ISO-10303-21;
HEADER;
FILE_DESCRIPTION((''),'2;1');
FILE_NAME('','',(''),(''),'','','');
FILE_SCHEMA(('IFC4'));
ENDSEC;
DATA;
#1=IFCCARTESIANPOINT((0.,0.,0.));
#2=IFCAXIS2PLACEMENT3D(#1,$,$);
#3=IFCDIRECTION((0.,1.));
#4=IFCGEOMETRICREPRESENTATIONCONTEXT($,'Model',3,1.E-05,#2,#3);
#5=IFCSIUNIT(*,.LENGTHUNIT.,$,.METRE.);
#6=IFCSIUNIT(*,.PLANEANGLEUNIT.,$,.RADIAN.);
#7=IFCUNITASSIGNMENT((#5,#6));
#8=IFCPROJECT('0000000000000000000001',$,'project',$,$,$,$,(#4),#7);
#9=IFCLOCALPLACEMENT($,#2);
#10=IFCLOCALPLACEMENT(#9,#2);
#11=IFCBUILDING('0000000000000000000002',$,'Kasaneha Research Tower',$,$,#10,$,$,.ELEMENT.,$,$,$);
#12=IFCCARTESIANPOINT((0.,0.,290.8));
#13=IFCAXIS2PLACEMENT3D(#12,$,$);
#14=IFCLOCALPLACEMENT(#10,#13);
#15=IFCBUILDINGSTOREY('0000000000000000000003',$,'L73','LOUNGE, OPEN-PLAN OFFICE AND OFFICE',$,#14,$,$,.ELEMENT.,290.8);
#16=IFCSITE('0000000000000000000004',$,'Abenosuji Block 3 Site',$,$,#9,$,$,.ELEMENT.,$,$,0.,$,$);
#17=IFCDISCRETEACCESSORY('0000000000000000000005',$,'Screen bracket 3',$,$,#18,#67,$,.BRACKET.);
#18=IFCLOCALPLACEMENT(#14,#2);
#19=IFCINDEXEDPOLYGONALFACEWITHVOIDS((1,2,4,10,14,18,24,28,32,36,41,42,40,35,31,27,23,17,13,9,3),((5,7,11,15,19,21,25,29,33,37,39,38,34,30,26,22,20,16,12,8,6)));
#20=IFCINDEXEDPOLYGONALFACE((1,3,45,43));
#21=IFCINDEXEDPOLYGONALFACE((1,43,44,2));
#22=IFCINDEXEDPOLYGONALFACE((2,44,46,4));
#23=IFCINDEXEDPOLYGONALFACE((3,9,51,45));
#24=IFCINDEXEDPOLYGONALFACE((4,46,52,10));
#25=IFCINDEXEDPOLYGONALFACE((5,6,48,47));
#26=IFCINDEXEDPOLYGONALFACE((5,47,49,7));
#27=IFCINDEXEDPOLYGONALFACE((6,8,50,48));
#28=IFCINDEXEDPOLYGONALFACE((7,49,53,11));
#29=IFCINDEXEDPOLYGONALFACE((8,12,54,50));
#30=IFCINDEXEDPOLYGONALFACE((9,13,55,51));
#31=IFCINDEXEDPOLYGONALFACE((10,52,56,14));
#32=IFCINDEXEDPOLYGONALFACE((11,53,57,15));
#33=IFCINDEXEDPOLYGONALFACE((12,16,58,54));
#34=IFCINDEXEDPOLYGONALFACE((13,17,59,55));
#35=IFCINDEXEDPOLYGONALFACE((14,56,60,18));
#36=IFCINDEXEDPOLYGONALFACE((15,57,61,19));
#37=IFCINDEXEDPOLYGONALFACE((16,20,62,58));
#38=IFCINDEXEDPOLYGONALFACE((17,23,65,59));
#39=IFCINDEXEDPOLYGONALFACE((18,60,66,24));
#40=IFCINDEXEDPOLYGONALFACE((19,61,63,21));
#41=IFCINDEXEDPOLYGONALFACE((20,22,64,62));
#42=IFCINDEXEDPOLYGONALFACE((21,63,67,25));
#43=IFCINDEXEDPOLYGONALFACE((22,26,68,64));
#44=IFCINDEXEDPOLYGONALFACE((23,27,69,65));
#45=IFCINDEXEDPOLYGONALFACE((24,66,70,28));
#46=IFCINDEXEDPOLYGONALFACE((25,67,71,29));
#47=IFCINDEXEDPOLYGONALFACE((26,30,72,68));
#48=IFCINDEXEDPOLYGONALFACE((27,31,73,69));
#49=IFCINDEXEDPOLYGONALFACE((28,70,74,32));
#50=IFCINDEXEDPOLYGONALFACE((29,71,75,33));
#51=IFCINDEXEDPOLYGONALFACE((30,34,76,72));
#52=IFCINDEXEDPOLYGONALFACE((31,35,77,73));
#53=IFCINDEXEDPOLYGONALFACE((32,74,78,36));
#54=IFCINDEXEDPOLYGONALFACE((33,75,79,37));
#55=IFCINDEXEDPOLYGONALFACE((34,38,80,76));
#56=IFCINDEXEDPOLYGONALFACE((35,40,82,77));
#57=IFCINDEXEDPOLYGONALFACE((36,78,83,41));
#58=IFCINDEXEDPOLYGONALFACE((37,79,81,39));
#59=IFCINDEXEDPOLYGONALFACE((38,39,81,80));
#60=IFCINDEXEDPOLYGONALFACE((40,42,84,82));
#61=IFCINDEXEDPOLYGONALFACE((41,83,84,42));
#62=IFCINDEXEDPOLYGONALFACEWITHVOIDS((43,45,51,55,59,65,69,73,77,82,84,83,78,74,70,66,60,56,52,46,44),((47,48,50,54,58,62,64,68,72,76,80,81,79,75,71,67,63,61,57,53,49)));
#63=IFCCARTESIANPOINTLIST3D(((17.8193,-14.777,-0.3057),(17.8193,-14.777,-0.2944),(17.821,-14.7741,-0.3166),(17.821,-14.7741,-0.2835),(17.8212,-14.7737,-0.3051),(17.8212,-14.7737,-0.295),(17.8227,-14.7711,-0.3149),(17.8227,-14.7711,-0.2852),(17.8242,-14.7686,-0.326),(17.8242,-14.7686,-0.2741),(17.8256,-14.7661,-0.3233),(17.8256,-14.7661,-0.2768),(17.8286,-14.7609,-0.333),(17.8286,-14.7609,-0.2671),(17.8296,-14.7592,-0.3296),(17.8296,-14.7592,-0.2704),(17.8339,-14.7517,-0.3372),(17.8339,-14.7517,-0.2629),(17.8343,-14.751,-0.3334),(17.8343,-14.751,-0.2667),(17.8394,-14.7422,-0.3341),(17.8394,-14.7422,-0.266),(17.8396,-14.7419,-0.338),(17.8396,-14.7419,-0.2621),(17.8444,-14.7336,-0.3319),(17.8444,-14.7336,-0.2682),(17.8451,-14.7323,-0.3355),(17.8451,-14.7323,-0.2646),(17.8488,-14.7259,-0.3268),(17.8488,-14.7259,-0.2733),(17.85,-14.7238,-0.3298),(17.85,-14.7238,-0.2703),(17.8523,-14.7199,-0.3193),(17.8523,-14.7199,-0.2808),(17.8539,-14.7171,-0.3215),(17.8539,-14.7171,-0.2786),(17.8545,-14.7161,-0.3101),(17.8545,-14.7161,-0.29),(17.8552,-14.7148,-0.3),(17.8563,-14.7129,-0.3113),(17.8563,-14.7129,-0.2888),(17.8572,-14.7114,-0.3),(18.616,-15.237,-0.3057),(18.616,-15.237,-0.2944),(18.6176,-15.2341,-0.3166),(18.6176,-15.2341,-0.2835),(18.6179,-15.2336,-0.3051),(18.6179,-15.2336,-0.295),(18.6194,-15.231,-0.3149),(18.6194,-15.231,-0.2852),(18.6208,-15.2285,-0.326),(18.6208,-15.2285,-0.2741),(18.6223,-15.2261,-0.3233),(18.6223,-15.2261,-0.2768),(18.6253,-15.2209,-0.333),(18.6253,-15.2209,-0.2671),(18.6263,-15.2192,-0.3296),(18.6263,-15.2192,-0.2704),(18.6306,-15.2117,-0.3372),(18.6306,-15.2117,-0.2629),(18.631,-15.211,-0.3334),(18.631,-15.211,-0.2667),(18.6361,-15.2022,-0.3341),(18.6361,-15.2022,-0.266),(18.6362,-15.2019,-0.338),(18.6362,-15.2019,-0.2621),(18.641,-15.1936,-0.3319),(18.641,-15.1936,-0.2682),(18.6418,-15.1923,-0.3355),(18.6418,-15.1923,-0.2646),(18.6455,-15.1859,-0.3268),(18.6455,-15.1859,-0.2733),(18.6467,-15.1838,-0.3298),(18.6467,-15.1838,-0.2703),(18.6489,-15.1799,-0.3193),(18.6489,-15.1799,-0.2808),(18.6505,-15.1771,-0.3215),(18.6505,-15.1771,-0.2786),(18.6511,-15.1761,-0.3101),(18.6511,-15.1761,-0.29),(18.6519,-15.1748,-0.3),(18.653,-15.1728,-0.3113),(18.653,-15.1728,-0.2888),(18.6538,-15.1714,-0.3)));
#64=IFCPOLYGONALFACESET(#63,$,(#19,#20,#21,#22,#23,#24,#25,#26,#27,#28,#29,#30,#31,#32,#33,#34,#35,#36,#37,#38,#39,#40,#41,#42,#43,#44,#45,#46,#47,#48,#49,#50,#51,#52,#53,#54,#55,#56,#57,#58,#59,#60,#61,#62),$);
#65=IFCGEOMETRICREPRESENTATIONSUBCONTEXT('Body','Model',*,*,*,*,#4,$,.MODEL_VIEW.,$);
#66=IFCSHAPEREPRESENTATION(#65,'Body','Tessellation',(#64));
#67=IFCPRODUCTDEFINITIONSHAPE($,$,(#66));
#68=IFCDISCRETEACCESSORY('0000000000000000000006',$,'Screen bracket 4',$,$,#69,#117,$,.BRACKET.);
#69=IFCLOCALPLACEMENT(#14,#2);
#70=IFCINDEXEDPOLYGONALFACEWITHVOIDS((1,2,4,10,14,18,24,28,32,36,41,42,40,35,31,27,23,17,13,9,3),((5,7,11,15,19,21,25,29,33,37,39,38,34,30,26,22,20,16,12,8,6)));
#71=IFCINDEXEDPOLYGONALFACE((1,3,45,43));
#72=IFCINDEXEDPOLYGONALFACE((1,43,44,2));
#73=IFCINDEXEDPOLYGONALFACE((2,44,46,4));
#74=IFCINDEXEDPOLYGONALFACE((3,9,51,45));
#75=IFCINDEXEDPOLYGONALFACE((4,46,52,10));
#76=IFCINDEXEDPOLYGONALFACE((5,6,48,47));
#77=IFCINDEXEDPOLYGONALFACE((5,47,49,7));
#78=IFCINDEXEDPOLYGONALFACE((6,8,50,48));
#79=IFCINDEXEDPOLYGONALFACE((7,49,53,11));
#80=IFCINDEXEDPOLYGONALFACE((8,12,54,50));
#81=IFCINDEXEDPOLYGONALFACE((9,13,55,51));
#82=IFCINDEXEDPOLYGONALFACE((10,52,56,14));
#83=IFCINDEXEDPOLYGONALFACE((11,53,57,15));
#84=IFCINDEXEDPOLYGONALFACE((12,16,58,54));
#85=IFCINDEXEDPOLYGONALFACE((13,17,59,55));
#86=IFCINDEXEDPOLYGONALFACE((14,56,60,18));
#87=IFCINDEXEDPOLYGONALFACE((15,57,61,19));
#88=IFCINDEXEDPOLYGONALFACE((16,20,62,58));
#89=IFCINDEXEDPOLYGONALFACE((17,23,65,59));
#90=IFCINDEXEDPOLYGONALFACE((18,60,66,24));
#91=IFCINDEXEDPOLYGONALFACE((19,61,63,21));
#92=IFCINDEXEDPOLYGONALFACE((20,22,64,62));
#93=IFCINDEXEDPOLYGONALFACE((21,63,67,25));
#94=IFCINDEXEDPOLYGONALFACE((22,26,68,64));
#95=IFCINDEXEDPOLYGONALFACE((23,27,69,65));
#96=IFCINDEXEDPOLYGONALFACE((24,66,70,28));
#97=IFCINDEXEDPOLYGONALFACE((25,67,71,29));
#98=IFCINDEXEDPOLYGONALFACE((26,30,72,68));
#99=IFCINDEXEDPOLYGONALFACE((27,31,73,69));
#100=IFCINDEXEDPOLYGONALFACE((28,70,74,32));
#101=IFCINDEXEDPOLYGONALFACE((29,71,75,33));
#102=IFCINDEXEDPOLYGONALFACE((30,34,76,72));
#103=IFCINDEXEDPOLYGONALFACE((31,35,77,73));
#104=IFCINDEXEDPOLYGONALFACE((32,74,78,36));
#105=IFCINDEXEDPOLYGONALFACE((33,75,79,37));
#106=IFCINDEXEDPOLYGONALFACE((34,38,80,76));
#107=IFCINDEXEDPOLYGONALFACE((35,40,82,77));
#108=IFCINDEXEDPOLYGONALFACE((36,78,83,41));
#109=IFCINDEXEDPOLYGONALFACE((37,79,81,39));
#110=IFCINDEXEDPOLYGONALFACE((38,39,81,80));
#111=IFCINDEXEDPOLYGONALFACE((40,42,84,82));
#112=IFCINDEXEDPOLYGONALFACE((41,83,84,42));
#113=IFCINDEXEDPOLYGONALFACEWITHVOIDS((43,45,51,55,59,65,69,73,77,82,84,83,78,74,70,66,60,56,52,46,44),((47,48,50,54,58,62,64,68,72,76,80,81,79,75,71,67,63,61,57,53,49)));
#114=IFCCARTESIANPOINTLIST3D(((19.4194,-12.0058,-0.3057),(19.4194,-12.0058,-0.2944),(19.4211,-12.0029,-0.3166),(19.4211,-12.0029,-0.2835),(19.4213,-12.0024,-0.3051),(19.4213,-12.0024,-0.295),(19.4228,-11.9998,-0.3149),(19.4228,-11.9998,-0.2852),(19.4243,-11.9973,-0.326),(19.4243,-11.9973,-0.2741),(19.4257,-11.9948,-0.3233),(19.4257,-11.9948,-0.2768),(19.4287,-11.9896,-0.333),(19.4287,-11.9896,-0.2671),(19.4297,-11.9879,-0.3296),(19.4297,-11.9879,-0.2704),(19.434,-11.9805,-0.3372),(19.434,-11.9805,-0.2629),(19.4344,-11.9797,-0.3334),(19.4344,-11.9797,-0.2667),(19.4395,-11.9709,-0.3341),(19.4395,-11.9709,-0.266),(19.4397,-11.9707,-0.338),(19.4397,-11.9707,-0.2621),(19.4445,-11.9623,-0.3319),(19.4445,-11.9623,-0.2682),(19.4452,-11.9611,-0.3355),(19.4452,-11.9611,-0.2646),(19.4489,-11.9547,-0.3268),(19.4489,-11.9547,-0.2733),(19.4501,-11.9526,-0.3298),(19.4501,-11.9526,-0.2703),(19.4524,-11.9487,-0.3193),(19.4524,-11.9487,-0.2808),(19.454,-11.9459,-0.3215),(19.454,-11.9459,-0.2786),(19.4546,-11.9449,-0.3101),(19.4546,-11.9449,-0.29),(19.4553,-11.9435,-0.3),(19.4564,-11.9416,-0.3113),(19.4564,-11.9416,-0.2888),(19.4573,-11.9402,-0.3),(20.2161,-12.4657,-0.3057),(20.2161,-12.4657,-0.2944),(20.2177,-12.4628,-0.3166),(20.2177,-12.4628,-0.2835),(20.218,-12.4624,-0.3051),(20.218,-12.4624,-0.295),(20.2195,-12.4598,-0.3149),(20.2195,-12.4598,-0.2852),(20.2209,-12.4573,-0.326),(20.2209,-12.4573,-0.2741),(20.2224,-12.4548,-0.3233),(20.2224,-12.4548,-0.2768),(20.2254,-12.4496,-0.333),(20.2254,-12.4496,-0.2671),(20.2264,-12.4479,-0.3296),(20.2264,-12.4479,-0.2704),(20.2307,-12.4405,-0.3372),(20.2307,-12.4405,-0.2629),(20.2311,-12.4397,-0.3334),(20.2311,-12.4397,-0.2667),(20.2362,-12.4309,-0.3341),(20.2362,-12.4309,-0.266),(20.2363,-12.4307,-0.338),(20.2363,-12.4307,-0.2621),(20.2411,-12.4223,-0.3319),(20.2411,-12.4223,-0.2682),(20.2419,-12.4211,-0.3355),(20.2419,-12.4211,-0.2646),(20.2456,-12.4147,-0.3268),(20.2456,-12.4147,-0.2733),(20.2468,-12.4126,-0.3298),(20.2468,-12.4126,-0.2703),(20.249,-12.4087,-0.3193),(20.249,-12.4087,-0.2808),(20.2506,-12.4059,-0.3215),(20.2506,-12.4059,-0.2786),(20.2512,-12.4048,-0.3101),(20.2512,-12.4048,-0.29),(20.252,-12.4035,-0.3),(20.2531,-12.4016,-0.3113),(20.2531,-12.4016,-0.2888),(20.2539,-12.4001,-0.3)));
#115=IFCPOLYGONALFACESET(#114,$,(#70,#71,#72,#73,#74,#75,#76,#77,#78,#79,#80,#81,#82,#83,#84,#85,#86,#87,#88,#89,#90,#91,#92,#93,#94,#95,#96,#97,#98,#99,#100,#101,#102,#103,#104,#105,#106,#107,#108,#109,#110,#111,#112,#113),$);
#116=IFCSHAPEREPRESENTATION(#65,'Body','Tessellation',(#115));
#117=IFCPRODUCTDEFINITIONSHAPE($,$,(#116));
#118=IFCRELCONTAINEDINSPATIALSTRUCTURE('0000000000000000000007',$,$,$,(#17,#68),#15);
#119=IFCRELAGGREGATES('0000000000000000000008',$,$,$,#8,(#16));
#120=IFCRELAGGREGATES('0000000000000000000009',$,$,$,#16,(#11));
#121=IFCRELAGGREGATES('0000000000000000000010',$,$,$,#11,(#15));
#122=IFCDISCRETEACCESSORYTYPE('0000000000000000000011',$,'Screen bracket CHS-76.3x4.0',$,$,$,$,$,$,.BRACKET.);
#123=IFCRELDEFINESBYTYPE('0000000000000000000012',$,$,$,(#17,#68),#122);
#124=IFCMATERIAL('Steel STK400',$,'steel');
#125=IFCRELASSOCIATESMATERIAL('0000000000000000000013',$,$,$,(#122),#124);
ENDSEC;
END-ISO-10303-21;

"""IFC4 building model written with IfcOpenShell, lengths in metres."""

from ifc_helpers import new_model, si_unit, direction, frame, origin, origin_2d, place, context, subcontext, project, spatial, hollow_circle, extrude, material, material_profile, profile_set, type_object, element, save


model = new_model("IFC4")

# Units and contexts
model_context = context("Model", 3, precision=1e-05, world=origin(), true_north=direction((0.0, 1.0)))
body_context = subcontext(model_context, "Body", "Model", "MODEL_VIEW")
ifc_project = project(units=[si_unit("LENGTHUNIT", "METRE"), si_unit("PLANEANGLEUNIT", "RADIAN")], contexts=[model_context])

# Site, building, storey
site_placement = place(None, origin())
site = spatial("IfcSite", under=ifc_project, at=site_placement, Name="Abenosuji Block 3 Site", CompositionType="ELEMENT", RefElevation=0.0)
building_placement = place(site_placement, origin())
building = spatial("IfcBuilding", under=site, at=building_placement, Name="Kasaneha Research Tower", CompositionType="ELEMENT")
storey_placement = place(building_placement, frame((0.0, 0.0, 290.8)))
storey = spatial("IfcBuildingStorey", under=building, at=storey_placement, Name="L73", Description="LOUNGE, OPEN-PLAN OFFICE AND OFFICE", CompositionType="ELEMENT", Elevation=290.8)

# Discrete accessories
ifc_material_1 = material(Name="Steel STK400", Category="steel")
ifc_material_profile_1 = material_profile(ifc_material_1, hollow_circle(Radius=0.0381, WallThickness=0.0039, at=origin_2d()), Name="CHS-76.3x4.0")
ifc_profile_set_1 = profile_set([ifc_material_profile_1], Name="Steel STK400")
discrete_accessory_type = type_object("IfcDiscreteAccessoryType", Name="Screen bracket CHS-76.3x4.0", PredefinedType="BRACKET", material=ifc_profile_set_1)
for number, where, z_axis, x_axis, name in (
    (1, (17.8381, -14.7444, -0.3), (0.866013, -0.500021, 0.0), (0.500021, 0.866013, 0.0), "Screen bracket 3"),
    (2, (19.4382, -11.9731, -0.3), (0.866013, -0.500021, 0.0), (0.500021, 0.866013, 0.0), "Screen bracket 4"),
):
    element("IfcDiscreteAccessory", number, at=place(storey_placement, frame(where, z_axis=z_axis, x_axis=x_axis)), inside=storey, type_object=discrete_accessory_type, Name=name, PredefinedType="BRACKET", context=body_context, shape_type="SweptSolid", body=[
        extrude(hollow_circle(Radius=0.0381, WallThickness=0.0039, at=origin_2d()), origin(), (0.0, 0.0, 1.0), 0.9199),
    ])

save(model, "model.ifc")
